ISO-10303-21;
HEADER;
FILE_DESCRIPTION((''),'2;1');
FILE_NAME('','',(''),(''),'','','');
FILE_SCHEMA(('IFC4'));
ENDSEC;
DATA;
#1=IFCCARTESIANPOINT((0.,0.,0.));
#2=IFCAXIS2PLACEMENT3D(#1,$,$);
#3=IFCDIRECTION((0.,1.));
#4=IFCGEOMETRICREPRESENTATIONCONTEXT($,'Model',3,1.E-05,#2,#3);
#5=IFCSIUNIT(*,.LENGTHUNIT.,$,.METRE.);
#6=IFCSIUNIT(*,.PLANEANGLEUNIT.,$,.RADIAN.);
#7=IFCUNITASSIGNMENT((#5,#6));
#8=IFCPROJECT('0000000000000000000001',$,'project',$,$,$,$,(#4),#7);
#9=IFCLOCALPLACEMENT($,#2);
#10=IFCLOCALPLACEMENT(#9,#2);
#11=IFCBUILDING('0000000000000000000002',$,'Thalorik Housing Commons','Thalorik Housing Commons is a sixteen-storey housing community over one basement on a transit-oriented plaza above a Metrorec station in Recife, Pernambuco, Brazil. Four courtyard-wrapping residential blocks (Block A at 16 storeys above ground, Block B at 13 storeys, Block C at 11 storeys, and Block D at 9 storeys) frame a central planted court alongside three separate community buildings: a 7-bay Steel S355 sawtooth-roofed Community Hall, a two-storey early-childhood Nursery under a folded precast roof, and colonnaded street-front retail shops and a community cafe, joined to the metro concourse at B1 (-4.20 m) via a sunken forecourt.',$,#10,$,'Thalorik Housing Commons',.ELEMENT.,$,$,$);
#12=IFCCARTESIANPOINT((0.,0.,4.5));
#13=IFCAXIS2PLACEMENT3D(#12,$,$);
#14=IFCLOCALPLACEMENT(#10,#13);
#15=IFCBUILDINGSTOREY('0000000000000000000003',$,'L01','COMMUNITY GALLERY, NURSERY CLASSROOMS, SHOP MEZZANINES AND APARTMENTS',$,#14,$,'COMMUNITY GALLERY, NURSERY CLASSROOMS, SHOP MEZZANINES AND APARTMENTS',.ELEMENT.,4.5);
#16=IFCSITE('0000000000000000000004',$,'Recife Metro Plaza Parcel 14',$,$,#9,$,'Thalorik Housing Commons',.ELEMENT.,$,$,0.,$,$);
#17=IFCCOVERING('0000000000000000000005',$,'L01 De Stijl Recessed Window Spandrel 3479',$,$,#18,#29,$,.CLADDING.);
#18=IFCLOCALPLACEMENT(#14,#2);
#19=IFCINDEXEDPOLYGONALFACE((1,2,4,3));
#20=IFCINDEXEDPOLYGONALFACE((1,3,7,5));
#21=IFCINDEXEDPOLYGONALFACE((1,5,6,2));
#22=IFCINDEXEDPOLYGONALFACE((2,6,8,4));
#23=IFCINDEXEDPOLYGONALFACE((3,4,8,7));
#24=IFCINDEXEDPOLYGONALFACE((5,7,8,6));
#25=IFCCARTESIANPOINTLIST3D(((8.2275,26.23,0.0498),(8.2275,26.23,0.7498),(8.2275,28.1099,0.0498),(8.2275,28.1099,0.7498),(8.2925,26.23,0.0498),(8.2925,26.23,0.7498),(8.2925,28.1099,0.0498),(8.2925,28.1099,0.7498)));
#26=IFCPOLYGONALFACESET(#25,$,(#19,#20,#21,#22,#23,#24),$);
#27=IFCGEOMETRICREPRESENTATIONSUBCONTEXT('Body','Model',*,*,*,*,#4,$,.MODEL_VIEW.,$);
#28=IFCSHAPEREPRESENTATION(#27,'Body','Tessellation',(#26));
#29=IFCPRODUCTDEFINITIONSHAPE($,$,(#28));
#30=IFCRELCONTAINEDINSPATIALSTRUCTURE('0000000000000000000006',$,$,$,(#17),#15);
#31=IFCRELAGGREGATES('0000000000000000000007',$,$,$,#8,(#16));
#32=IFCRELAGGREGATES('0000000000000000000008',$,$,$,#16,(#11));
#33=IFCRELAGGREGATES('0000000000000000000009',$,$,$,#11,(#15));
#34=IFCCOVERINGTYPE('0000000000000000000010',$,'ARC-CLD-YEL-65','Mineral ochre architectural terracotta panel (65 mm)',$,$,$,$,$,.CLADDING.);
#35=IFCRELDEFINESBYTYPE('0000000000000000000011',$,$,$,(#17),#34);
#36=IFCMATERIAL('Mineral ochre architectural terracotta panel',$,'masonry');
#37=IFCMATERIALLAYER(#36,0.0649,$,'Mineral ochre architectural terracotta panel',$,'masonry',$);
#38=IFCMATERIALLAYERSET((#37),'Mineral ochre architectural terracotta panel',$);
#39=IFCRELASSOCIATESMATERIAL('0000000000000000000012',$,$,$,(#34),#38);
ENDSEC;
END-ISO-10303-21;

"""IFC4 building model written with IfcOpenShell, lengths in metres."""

from ifc_helpers import new_model, si_unit, direction, frame, origin, origin_2d, place, context, subcontext, project, spatial, rectangle, extrude, material, layer, layer_set, type_object, element, save


model = new_model("IFC4")

# Units and contexts
model_context = context("Model", 3, precision=1e-05, world=origin(), true_north=direction((0.0, 1.0)))
body_context = subcontext(model_context, "Body", "Model", "MODEL_VIEW")
ifc_project = project(units=[si_unit("LENGTHUNIT", "METRE"), si_unit("PLANEANGLEUNIT", "RADIAN")], contexts=[model_context])

# Site, building, storey
site_placement = place(None, origin())
site = spatial("IfcSite", under=ifc_project, at=site_placement, Name="Recife Metro Plaza Parcel 14", LongName="Thalorik Housing Commons", CompositionType="ELEMENT", RefElevation=0.0)
building_placement = place(site_placement, origin())
building = spatial("IfcBuilding", under=site, at=building_placement, Name="Thalorik Housing Commons", Description="Thalorik Housing Commons is a sixteen-storey housing community over one basement on a transit-oriented plaza above a Metrorec station in Recife, Pernambuco, Brazil. Four courtyard-wrapping residential blocks (Block A at 16 storeys above ground, Block B at 13 storeys, Block C at 11 storeys, and Block D at 9 storeys) frame a central planted court alongside three separate community buildings: a 7-bay Steel S355 sawtooth-roofed Community Hall, a two-storey early-childhood Nursery under a folded precast roof, and colonnaded street-front retail shops and a community cafe, joined to the metro concourse at B1 (-4.20 m) via a sunken forecourt.", LongName="Thalorik Housing Commons", CompositionType="ELEMENT")
storey_placement = place(building_placement, frame((0.0, 0.0, 4.5)))
storey = spatial("IfcBuildingStorey", under=building, at=storey_placement, Name="L01", Description="COMMUNITY GALLERY, NURSERY CLASSROOMS, SHOP MEZZANINES AND APARTMENTS", LongName="COMMUNITY GALLERY, NURSERY CLASSROOMS, SHOP MEZZANINES AND APARTMENTS", CompositionType="ELEMENT", Elevation=4.5)

# Covering
ifc_material_1 = material(Name="Mineral ochre architectural terracotta panel", Category="masonry")
ifc_layer_1 = layer(ifc_material_1, 0.0649, Name="Mineral ochre architectural terracotta panel", Category="masonry")
ifc_layer_set_1 = layer_set([ifc_layer_1], Name="Mineral ochre architectural terracotta panel")
covering_type_1 = type_object("IfcCoveringType", Name="ARC-CLD-YEL-65", Description="Mineral ochre architectural terracotta panel (65 mm)", PredefinedType="CLADDING", material=ifc_layer_set_1)
covering_1_placement = place(storey_placement, frame((8.26, 27.1699, 0.0498), z_axis=(0.0, 0.0, 1.0), x_axis=(0.0, -1.0, 0.0)))
element("IfcCovering", 1, at=covering_1_placement, inside=storey, type_object=covering_type_1, Name="L01 De Stijl Recessed Window Spandrel 3479", PredefinedType="CLADDING", context=body_context, shape_type="SweptSolid", body=[
    extrude(rectangle(XDim=1.8799, YDim=0.0649, at=origin_2d()), origin(), (0.0, 0.0, 1.0), 0.7),
])

save(model, "model.ifc")
